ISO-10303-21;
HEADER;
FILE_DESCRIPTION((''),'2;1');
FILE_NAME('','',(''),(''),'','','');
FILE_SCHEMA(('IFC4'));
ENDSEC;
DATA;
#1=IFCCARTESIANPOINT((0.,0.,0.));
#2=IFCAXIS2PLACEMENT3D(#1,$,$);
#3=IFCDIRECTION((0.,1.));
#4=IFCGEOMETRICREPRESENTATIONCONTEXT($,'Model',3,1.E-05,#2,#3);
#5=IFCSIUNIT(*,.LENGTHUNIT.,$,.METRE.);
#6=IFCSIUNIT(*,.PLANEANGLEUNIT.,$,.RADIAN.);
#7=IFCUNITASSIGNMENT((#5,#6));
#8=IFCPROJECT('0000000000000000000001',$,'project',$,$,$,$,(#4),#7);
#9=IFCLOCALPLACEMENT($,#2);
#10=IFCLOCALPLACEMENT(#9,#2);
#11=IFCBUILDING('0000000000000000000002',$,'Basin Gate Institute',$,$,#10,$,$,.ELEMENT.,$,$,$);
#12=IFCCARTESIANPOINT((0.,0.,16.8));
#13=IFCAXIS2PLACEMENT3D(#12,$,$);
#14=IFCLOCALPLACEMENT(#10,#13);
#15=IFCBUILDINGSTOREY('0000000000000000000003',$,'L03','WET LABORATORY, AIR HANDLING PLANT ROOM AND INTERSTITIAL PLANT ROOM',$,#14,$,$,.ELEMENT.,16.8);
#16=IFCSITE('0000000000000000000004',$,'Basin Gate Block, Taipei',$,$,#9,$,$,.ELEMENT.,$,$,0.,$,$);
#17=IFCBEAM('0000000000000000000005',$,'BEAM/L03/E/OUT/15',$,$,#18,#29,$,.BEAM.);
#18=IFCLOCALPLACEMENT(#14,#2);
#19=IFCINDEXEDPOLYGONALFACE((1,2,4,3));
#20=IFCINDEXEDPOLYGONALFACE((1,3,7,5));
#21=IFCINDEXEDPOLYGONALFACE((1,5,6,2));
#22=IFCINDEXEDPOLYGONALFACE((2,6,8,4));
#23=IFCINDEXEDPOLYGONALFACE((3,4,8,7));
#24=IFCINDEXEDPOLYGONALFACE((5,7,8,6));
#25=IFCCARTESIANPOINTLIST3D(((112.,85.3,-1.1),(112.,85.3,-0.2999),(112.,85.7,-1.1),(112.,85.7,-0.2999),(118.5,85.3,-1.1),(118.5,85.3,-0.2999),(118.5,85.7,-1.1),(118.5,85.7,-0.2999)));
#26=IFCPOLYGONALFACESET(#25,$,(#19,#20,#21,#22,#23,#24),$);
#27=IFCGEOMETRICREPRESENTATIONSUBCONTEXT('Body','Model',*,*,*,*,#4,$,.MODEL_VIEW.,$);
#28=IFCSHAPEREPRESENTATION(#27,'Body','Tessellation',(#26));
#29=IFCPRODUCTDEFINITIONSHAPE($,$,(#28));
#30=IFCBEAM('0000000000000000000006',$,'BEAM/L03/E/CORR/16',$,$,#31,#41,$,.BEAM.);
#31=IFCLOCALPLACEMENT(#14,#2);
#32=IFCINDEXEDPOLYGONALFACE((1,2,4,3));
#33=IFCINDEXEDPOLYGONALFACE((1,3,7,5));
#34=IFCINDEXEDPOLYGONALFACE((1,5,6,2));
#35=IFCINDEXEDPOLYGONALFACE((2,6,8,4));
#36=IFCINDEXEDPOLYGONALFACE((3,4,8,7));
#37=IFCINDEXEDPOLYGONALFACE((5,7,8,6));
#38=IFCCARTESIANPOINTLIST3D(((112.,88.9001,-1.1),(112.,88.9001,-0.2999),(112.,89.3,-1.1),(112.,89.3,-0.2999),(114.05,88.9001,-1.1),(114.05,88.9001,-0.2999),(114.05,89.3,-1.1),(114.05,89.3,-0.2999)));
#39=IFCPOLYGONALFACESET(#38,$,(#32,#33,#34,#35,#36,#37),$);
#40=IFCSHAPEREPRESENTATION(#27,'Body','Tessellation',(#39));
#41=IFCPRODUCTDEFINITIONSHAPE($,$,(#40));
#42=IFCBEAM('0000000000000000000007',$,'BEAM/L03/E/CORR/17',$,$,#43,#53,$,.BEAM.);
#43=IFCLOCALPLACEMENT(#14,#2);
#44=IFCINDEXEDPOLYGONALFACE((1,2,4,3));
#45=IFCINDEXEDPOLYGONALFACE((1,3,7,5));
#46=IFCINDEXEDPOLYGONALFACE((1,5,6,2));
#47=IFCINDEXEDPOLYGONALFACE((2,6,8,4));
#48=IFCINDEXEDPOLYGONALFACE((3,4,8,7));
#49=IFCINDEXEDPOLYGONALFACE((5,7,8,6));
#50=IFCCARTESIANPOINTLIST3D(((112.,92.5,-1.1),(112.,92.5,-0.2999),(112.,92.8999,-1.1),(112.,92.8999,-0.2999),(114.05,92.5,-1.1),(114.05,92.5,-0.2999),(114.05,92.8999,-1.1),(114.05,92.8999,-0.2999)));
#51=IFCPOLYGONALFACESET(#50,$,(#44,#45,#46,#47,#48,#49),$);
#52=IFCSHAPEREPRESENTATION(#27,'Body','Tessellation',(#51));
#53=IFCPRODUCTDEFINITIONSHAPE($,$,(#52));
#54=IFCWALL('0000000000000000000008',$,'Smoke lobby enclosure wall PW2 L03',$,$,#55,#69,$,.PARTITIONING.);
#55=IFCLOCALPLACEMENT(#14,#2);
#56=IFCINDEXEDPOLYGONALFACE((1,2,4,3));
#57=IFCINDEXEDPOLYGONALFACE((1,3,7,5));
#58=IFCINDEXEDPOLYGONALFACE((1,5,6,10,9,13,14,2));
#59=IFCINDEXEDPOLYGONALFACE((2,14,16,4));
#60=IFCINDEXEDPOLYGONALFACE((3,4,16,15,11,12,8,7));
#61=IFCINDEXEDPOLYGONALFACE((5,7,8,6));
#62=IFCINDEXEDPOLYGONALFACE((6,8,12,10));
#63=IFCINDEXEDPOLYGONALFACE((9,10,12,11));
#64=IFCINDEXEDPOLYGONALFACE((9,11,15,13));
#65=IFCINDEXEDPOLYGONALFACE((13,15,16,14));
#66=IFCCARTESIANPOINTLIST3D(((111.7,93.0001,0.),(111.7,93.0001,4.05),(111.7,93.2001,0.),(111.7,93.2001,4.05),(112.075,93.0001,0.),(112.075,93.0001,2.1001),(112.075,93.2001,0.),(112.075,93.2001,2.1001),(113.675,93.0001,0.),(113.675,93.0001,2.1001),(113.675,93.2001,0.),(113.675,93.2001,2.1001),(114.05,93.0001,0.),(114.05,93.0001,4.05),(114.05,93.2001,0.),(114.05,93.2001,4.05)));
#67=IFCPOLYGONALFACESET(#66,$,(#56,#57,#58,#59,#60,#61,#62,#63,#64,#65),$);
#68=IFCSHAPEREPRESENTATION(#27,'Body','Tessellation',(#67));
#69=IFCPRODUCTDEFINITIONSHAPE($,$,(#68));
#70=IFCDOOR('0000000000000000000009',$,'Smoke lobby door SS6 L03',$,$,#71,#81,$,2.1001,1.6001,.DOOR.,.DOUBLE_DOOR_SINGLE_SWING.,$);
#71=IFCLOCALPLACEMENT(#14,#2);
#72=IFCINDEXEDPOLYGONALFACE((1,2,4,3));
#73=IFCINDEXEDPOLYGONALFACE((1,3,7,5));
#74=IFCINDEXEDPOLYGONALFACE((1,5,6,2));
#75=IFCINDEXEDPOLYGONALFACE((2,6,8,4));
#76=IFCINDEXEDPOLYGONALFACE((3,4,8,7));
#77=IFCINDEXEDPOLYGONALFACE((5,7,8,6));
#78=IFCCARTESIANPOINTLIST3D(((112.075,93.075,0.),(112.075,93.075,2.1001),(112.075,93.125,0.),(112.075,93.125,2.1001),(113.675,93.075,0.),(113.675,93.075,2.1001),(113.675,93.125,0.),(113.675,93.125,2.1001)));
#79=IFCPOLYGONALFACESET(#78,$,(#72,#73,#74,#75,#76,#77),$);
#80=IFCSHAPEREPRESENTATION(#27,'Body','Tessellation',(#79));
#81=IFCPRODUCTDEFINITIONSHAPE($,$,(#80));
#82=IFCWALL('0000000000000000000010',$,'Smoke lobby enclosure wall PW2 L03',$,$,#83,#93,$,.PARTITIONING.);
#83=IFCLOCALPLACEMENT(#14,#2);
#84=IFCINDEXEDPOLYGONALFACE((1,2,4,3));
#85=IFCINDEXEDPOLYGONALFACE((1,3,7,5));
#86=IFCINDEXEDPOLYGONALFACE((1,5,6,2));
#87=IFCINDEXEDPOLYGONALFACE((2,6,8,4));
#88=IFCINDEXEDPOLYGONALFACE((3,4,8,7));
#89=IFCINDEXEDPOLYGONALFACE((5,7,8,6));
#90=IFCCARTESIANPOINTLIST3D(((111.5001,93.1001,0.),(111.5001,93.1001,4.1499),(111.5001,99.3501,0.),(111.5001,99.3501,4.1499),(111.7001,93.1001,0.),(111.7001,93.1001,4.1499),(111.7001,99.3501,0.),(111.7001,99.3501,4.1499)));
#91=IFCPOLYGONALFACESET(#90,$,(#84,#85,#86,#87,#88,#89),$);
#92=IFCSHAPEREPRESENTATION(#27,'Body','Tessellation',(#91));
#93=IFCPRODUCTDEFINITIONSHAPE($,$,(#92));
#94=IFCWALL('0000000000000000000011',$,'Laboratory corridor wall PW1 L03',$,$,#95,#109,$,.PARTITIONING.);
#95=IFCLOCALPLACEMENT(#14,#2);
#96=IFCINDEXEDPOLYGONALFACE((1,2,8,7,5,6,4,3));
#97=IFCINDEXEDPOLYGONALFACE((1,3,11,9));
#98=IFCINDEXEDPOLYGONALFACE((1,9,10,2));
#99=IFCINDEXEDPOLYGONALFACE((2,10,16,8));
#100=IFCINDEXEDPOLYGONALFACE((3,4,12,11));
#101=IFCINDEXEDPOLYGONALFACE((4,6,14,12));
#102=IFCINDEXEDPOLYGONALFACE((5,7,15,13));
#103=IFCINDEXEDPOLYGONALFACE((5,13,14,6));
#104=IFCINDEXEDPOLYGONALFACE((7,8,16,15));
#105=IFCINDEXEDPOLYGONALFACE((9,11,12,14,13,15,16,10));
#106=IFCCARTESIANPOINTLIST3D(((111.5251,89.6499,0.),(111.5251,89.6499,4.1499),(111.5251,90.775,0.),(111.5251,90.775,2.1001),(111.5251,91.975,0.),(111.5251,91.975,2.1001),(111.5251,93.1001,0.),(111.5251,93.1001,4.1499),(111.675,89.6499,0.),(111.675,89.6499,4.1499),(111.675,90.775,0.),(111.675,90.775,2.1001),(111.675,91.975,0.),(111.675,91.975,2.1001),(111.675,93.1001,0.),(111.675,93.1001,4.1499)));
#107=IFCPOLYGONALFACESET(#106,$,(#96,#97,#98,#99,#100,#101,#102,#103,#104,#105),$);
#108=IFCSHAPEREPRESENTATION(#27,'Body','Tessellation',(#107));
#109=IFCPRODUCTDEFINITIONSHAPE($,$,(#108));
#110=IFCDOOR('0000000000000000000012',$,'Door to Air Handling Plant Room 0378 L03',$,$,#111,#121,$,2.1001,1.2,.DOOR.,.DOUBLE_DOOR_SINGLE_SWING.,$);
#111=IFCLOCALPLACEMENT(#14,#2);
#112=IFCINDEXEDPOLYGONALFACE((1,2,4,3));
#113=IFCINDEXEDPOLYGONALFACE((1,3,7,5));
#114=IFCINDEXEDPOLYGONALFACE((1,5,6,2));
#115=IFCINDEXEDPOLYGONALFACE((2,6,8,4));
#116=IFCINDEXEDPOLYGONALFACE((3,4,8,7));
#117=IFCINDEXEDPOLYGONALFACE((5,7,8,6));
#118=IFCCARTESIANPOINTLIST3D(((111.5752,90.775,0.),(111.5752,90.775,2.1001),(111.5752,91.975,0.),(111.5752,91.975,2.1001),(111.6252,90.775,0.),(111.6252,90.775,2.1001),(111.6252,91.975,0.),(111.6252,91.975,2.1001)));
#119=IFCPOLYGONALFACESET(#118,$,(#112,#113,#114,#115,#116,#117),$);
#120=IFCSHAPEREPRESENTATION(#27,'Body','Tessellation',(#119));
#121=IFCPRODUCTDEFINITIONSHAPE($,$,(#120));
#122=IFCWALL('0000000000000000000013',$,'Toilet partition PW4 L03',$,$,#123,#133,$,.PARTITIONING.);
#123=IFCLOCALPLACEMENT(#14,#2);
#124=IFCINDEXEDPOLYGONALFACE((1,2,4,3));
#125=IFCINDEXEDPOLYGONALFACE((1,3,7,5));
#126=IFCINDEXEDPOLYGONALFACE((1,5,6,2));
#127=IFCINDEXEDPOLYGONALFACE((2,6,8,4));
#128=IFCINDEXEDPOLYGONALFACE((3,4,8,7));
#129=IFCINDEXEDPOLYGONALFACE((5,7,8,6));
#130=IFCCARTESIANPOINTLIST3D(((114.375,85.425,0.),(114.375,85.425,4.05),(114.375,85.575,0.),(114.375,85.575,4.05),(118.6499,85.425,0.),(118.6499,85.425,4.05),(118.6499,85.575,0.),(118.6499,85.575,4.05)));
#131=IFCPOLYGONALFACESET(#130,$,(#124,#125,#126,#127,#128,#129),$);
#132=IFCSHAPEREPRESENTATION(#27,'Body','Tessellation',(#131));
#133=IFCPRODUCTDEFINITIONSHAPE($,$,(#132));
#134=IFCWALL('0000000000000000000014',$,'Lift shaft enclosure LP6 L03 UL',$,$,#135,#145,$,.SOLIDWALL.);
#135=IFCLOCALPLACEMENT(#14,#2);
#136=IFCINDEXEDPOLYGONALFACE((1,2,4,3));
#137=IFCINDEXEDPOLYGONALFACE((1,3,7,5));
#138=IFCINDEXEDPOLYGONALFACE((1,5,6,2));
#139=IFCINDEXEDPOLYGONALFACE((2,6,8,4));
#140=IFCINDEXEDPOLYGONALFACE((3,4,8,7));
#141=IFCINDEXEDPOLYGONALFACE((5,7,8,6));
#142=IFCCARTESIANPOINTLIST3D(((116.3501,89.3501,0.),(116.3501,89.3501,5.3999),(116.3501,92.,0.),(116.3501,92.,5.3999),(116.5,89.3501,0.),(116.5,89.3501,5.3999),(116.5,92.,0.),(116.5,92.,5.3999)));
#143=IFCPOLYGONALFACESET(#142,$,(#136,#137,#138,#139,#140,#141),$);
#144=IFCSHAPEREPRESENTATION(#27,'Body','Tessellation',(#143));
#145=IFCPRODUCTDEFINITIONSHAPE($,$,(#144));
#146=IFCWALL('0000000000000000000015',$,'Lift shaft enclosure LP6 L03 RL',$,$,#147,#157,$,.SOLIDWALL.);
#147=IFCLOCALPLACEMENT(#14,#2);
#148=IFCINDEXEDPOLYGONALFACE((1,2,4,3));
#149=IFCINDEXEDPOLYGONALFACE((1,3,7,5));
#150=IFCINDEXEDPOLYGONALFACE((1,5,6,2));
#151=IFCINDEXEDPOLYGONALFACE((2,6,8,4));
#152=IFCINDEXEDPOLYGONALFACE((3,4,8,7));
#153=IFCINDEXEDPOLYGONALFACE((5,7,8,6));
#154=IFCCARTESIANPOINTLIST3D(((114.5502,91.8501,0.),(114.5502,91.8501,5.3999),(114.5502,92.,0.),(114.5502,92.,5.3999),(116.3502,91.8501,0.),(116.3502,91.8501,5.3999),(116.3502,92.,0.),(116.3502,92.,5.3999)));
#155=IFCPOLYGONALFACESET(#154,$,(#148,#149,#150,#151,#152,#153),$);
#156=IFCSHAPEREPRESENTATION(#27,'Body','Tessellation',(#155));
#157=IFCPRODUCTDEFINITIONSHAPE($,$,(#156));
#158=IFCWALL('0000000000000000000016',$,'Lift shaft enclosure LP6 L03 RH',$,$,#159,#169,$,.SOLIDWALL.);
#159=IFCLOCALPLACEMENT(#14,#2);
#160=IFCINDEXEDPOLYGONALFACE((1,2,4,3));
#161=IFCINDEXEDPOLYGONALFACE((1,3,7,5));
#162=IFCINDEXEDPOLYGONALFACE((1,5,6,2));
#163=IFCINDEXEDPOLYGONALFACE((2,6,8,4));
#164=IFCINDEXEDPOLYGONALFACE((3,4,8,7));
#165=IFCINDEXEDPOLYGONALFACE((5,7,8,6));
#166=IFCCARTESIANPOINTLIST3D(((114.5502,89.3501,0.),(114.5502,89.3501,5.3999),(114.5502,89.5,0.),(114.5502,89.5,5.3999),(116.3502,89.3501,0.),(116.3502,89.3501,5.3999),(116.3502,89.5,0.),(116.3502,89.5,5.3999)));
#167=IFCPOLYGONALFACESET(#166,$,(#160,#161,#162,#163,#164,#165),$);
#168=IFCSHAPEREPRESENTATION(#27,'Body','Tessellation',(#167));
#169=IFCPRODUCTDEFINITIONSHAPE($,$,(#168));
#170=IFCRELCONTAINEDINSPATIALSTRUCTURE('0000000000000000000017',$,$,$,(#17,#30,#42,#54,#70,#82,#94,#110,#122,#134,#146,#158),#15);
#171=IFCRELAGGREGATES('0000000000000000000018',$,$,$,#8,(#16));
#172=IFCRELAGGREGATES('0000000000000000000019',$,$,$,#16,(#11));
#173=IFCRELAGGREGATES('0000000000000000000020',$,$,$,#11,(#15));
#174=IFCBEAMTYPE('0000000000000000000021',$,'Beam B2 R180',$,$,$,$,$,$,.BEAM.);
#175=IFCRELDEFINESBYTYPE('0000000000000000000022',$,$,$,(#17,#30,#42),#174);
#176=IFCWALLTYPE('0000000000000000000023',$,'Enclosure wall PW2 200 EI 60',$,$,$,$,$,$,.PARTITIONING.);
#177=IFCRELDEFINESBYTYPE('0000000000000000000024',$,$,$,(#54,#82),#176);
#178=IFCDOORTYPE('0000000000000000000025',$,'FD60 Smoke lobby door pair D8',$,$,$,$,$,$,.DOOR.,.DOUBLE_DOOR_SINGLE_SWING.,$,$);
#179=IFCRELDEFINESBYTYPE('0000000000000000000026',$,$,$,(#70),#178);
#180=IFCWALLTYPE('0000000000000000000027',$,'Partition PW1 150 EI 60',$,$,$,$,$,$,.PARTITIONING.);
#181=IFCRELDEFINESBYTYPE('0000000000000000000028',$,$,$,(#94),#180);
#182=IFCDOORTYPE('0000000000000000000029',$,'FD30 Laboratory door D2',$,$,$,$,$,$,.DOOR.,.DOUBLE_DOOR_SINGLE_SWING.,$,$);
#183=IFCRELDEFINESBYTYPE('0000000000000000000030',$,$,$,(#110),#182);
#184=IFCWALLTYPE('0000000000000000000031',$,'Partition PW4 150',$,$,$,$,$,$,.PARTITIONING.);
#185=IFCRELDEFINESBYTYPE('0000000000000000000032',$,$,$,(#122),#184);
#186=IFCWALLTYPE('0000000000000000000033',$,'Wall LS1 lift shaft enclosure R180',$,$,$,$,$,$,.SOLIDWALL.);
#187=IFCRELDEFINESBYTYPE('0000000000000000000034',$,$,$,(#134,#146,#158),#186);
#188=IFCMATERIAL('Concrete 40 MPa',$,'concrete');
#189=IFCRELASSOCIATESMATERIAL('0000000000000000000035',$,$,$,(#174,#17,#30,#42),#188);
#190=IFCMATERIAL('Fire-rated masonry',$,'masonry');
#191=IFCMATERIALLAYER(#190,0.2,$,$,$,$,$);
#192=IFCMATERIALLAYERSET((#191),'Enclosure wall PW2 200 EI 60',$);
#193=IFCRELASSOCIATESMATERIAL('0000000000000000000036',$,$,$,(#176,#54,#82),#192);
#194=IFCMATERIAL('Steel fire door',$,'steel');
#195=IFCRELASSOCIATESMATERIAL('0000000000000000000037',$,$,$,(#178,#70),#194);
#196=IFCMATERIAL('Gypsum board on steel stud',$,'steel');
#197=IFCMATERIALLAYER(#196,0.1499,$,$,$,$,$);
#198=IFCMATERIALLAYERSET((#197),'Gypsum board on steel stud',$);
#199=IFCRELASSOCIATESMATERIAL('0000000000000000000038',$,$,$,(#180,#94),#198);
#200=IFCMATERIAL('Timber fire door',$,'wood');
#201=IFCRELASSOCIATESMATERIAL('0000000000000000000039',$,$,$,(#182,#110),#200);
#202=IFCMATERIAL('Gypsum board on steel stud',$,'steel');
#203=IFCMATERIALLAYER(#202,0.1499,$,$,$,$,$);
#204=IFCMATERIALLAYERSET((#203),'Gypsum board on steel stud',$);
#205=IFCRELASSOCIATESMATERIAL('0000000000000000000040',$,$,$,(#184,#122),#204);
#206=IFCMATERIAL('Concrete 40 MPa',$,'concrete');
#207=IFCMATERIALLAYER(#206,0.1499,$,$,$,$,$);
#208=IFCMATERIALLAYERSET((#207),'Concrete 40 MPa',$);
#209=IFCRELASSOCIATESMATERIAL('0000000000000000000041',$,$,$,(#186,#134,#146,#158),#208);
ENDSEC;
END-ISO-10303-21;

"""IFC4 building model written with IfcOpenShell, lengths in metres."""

from ifc_helpers import new_model, si_unit, direction, frame, frame_2d, origin, origin_2d, place, context, subcontext, project, spatial, rectangle, extrude, material, layer, layer_set, material_profile, profile_set, type_object, element, fill, save


model = new_model("IFC4")

# Units and contexts
model_context = context("Model", 3, precision=1e-05, world=origin(), true_north=direction((0.0, 1.0)))
body_context = subcontext(model_context, "Body", "Model", "MODEL_VIEW")
ifc_project = project(units=[si_unit("LENGTHUNIT", "METRE"), si_unit("PLANEANGLEUNIT", "RADIAN")], contexts=[model_context])

# Site, building, storey
site_placement = place(None, origin())
site = spatial("IfcSite", under=ifc_project, at=site_placement, Name="Basin Gate Block, Taipei", CompositionType="ELEMENT", RefElevation=0.0)
building_placement = place(site_placement, origin())
building = spatial("IfcBuilding", under=site, at=building_placement, Name="Basin Gate Institute", CompositionType="ELEMENT")
storey_placement = place(building_placement, frame((0.0, 0.0, 16.8)))
storey = spatial("IfcBuildingStorey", under=building, at=storey_placement, Name="L03", Description="WET LABORATORY, AIR HANDLING PLANT ROOM AND INTERSTITIAL PLANT ROOM", CompositionType="ELEMENT", Elevation=16.8)

# Beams
ifc_material_1 = material(Name="Concrete 40 MPa", Category="concrete")
ifc_material_profile = material_profile(ifc_material_1, rectangle(XDim=0.3999, YDim=0.8, at=origin_2d()), Name="Beam B2 400 x 800")
ifc_profile_set = profile_set([ifc_material_profile], Name="Concrete 40 MPa")
beam_type = type_object("IfcBeamType", Name="Beam B2 R180", PredefinedType="BEAM", material=ifc_profile_set)
beam_placement = place(storey_placement, frame((118.5, 85.5, -0.7), z_axis=(-1.0, 0.0, 0.0), x_axis=(0.0, -1.0, 0.0)))
element("IfcBeam", 1, at=beam_placement, inside=storey, type_object=beam_type, material=ifc_profile_set, Name="BEAM/L03/E/OUT/15", PredefinedType="BEAM", context=body_context, shape_type="SweptSolid", body=[
    extrude(rectangle(XDim=0.3999, YDim=0.8, at=origin_2d()), origin(), (0.0, 0.0, 1.0), 6.5),
])
for number, where, z_axis, x_axis, name in (
    (2, (114.05, 89.1001, -0.7), (-1.0, 0.0, 0.0), (0.0, -1.0, 0.0), "BEAM/L03/E/CORR/16"),
    (3, (114.05, 92.7, -0.7), (-1.0, 0.0, 0.0), (0.0, -1.0, 0.0), "BEAM/L03/E/CORR/17"),
):
    element("IfcBeam", number, at=place(storey_placement, frame(where, z_axis=z_axis, x_axis=x_axis)), inside=storey, type_object=beam_type, material=ifc_profile_set, Name=name, PredefinedType="BEAM", context=body_context, shape_type="SweptSolid", body=[
        extrude(rectangle(XDim=0.3999, YDim=0.8, at=origin_2d()), origin(), (0.0, 0.0, 1.0), 2.05),
    ])

# Wall, opening, door
ifc_material_2 = material(Name="Fire-rated masonry", Category="masonry")
ifc_layer_1 = layer(ifc_material_2, 0.2)
ifc_layer_set_1 = layer_set([ifc_layer_1], Name="Enclosure wall PW2 200 EI 60")
wall_type_1 = type_object("IfcWallType", Name="Enclosure wall PW2 200 EI 60", PredefinedType="PARTITIONING", material=ifc_layer_set_1)
wall_1_placement = place(storey_placement, frame((114.05, 93.1001, 0.0), z_axis=(0.0, 0.0, 1.0), x_axis=(-1.0, 0.0, 0.0)))
wall_1 = element("IfcWall", 4, at=wall_1_placement, inside=storey, type_object=wall_type_1, material=ifc_layer_set_1, Name="Smoke lobby enclosure wall PW2 L03", PredefinedType="PARTITIONING", context=body_context, shape_type="SweptSolid", body=[
    extrude(rectangle(XDim=2.3501, YDim=0.2, at=frame_2d((1.175, 0.0))), origin(), (0.0, 0.0, 1.0), 4.05),
])
opening_1_placement = place(wall_1_placement, frame((0.375, 0.0, 0.0)))
opening_1 = element("IfcOpeningElement", 5, at=opening_1_placement, cuts=wall_1, PredefinedType="OPENING", context=body_context, shape_type="SweptSolid", body=[
    extrude(rectangle(XDim=1.6001, YDim=2.1001, at=frame_2d((0.8, 1.05))), frame((0.0, 0.1099, 0.0), z_axis=(0.0, -1.0, 0.0), x_axis=(1.0, 0.0, 0.0)), (0.0, 0.0, 1.0), 0.22),
])
ifc_material_3 = material(Name="Steel fire door", Category="steel")
door_type_1 = type_object("IfcDoorType", Name="FD60 Smoke lobby door pair D8", OperationType="DOUBLE_DOOR_SINGLE_SWING", PredefinedType="DOOR", material=ifc_material_3)
door_1_placement = place(opening_1_placement, frame((1.6001, 0.0, 0.0), z_axis=(0.0, 0.0, 1.0), x_axis=(-1.0, 0.0, 0.0)))
door_1 = element("IfcDoor", 6, at=door_1_placement, inside=storey, type_object=door_type_1, material=ifc_material_3, Name="Smoke lobby door SS6 L03", OperationType="DOUBLE_DOOR_SINGLE_SWING", OverallHeight=2.1001, OverallWidth=1.6001, PredefinedType="DOOR", context=body_context, shape_type="SweptSolid", body=[
    extrude(rectangle(XDim=1.6001, YDim=2.1001, at=frame_2d((0.8, 1.05))), frame((0.0, 0.0249, 0.0), z_axis=(0.0, -1.0, 0.0), x_axis=(1.0, 0.0, 0.0)), (0.0, 0.0, 1.0), 0.05),
])
fill(opening_1, door_1)

# Wall
wall_2_placement = place(storey_placement, frame((111.6001, 93.1001, 0.0), z_axis=(0.0, 0.0, 1.0), x_axis=(0.0, 1.0, 0.0)))
element("IfcWall", 7, at=wall_2_placement, inside=storey, type_object=wall_type_1, material=ifc_layer_set_1, Name="Smoke lobby enclosure wall PW2 L03", PredefinedType="PARTITIONING", context=body_context, shape_type="SweptSolid", body=[
    extrude(rectangle(XDim=6.25, YDim=0.2, at=frame_2d((3.125, 0.0))), origin(), (0.0, 0.0, 1.0), 4.1499),
])

# Wall, opening, door
ifc_material_4 = material(Name="Gypsum board on steel stud", Category="steel")
ifc_layer_2 = layer(ifc_material_4, 0.1499)
ifc_layer_set_2 = layer_set([ifc_layer_2], Name="Gypsum board on steel stud")
wall_type_2 = type_object("IfcWallType", Name="Partition PW1 150 EI 60", PredefinedType="PARTITIONING", material=ifc_layer_set_2)
wall_3_placement = place(storey_placement, frame((111.6001, 89.6499, 0.0), z_axis=(0.0, 0.0, 1.0), x_axis=(0.0, 1.0, 0.0)))
wall_3 = element("IfcWall", 8, at=wall_3_placement, inside=storey, type_object=wall_type_2, material=ifc_layer_set_2, Name="Laboratory corridor wall PW1 L03", PredefinedType="PARTITIONING", context=body_context, shape_type="SweptSolid", body=[
    extrude(rectangle(XDim=3.4502, YDim=0.1499, at=frame_2d((1.7251, 0.0))), origin(), (0.0, 0.0, 1.0), 4.1499),
])
opening_2_placement = place(wall_3_placement, frame((1.125, 0.0, 0.0)))
opening_2 = element("IfcOpeningElement", 9, at=opening_2_placement, cuts=wall_3, PredefinedType="OPENING", context=body_context, shape_type="SweptSolid", body=[
    extrude(rectangle(XDim=1.2, YDim=2.1001, at=frame_2d((0.6001, 1.05))), frame((0.0, 0.085, 0.0), z_axis=(0.0, -1.0, 0.0), x_axis=(1.0, 0.0, 0.0)), (0.0, 0.0, 1.0), 0.1699),
])
ifc_material_5 = material(Name="Timber fire door", Category="wood")
door_type_2 = type_object("IfcDoorType", Name="FD30 Laboratory door D2", OperationType="DOUBLE_DOOR_SINGLE_SWING", PredefinedType="DOOR", material=ifc_material_5)
door_2_placement = place(opening_2_placement, origin())
door_2 = element("IfcDoor", 10, at=door_2_placement, inside=storey, type_object=door_type_2, material=ifc_material_5, Name="Door to Air Handling Plant Room 0378 L03", OperationType="DOUBLE_DOOR_SINGLE_SWING", OverallHeight=2.1001, OverallWidth=1.2, PredefinedType="DOOR", context=body_context, shape_type="SweptSolid", body=[
    extrude(rectangle(XDim=1.2, YDim=2.1001, at=frame_2d((0.6001, 1.05))), frame((0.0, 0.0249, 0.0), z_axis=(0.0, -1.0, 0.0), x_axis=(1.0, 0.0, 0.0)), (0.0, 0.0, 1.0), 0.05),
])
fill(opening_2, door_2)

# Walls
ifc_material_6 = material(Name="Gypsum board on steel stud", Category="steel")
ifc_layer_3 = layer(ifc_material_6, 0.1499)
ifc_layer_set_3 = layer_set([ifc_layer_3], Name="Gypsum board on steel stud")
wall_type_3 = type_object("IfcWallType", Name="Partition PW4 150", PredefinedType="PARTITIONING", material=ifc_layer_set_3)
wall_4_placement = place(storey_placement, frame((118.6499, 85.5, 0.0), z_axis=(0.0, 0.0, 1.0), x_axis=(-1.0, 0.0, 0.0)))
element("IfcWall", 11, at=wall_4_placement, inside=storey, type_object=wall_type_3, material=ifc_layer_set_3, Name="Toilet partition PW4 L03", PredefinedType="PARTITIONING", context=body_context, shape_type="SweptSolid", body=[
    extrude(rectangle(XDim=4.2749, YDim=0.1499, at=frame_2d((2.1375, 0.0))), origin(), (0.0, 0.0, 1.0), 4.05),
])
ifc_material_7 = material(Name="Concrete 40 MPa", Category="concrete")
ifc_layer_4 = layer(ifc_material_7, 0.1499)
ifc_layer_set_4 = layer_set([ifc_layer_4], Name="Concrete 40 MPa")
wall_type_4 = type_object("IfcWallType", Name="Wall LS1 lift shaft enclosure R180", PredefinedType="SOLIDWALL", material=ifc_layer_set_4)
wall_5_placement = place(storey_placement, frame((116.425, 92.0, 0.0), z_axis=(0.0, 0.0, 1.0), x_axis=(0.0, -1.0, 0.0)))
element("IfcWall", 12, at=wall_5_placement, inside=storey, type_object=wall_type_4, material=ifc_layer_set_4, Name="Lift shaft enclosure LP6 L03 UL", PredefinedType="SOLIDWALL", context=body_context, shape_type="SweptSolid", body=[
    extrude(rectangle(XDim=2.6499, YDim=0.1499, at=frame_2d((1.325, 0.0))), origin(), (0.0, 0.0, 1.0), 5.3999),
])
for number, where, z_axis, x_axis, name in (
    (13, (116.3501, 91.925, 0.0), (0.0, 0.0, 1.0), (-1.0, 0.0, 0.0), "Lift shaft enclosure LP6 L03 RL"),
    (14, (116.3501, 89.425, 0.0), (0.0, 0.0, 1.0), (-1.0, 0.0, 0.0), "Lift shaft enclosure LP6 L03 RH"),
):
    element("IfcWall", number, at=place(storey_placement, frame(where, z_axis=z_axis, x_axis=x_axis)), inside=storey, type_object=wall_type_4, material=ifc_layer_set_4, Name=name, PredefinedType="SOLIDWALL", context=body_context, shape_type="SweptSolid", body=[
        extrude(rectangle(XDim=1.8, YDim=0.1499, at=frame_2d((0.8999, 0.0))), origin(), (0.0, 0.0, 1.0), 5.3999),
    ])

save(model, "model.ifc")
